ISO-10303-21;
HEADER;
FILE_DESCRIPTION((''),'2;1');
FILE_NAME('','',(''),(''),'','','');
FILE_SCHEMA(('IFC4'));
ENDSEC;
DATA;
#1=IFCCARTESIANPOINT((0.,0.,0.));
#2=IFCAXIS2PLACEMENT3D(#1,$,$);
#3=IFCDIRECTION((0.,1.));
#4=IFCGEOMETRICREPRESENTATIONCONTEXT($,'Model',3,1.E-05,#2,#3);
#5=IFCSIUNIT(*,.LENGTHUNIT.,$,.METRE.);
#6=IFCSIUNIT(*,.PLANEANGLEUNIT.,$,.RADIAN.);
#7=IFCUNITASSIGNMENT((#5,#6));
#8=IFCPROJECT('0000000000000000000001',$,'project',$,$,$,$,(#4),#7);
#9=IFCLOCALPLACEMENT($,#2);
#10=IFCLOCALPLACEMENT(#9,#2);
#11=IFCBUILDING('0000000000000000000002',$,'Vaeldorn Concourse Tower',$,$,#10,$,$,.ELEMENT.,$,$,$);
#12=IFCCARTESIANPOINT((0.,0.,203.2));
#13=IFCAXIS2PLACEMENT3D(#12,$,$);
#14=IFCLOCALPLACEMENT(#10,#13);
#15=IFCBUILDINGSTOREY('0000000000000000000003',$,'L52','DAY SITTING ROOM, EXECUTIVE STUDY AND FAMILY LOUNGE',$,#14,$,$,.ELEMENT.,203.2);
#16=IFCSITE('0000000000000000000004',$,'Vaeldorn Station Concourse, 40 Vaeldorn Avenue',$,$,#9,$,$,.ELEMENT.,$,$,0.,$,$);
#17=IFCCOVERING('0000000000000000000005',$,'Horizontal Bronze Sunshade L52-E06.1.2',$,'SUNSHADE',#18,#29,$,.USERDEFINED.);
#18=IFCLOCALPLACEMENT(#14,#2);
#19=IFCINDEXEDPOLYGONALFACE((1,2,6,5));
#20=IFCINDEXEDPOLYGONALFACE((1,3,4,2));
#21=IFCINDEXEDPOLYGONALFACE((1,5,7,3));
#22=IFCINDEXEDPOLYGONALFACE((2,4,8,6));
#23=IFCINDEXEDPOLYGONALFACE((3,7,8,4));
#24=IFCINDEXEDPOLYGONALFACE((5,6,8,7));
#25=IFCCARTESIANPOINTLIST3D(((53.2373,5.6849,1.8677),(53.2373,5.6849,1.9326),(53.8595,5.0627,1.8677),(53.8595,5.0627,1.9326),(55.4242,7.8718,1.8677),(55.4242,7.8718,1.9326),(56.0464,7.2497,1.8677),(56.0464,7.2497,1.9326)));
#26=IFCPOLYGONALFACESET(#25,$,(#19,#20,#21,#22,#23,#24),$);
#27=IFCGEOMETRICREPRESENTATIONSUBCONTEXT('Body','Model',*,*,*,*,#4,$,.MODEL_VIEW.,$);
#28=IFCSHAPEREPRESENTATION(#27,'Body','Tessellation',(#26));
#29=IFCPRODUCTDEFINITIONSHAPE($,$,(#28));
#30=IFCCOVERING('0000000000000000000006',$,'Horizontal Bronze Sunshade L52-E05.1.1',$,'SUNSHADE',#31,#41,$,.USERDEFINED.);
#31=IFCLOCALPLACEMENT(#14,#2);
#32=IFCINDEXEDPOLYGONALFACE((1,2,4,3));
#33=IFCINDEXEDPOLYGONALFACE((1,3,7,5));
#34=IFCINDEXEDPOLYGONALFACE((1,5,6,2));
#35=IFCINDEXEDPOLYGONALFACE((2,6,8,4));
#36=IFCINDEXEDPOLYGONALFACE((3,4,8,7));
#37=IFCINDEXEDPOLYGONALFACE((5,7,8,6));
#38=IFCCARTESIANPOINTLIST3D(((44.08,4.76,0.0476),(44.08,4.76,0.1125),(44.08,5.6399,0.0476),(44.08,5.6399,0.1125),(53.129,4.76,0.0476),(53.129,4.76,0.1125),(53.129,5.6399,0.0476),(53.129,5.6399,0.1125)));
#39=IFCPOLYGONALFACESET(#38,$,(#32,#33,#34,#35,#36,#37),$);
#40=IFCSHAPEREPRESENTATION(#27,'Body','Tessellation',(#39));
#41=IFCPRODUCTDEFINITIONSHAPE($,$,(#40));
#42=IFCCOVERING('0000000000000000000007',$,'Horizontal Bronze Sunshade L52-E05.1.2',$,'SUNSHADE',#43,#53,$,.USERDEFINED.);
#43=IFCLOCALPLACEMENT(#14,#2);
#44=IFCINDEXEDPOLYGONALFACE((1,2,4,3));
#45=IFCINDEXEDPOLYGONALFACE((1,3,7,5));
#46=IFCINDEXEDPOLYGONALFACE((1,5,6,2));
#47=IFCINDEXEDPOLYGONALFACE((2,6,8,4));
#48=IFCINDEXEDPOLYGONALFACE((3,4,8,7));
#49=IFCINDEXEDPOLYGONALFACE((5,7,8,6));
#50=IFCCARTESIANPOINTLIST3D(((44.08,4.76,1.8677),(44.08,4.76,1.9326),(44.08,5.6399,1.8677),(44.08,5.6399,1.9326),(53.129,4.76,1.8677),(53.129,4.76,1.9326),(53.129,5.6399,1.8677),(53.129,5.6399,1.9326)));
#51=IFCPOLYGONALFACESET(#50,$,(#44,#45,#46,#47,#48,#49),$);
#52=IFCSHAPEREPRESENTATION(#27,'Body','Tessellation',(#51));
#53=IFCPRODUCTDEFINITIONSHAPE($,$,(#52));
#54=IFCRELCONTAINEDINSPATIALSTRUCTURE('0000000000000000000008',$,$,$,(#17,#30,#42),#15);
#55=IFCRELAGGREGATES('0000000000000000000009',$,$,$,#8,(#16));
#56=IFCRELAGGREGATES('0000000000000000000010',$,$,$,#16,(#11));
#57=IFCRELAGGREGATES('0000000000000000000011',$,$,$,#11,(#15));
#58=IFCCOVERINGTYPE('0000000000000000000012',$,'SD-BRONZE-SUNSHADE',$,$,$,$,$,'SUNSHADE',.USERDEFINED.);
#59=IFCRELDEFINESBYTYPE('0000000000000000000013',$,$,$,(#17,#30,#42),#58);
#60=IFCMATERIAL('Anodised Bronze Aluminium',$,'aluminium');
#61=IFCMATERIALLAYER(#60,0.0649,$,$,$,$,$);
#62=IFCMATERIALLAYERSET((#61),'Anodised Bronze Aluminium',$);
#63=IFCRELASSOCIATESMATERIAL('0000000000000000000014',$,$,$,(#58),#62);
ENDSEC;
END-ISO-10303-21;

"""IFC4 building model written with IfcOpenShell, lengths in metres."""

from ifc_helpers import new_model, si_unit, direction, frame, origin, origin_2d, place, context, subcontext, project, spatial, rectangle, extrude, source, transform, mapped, material, layer, layer_set, type_object, element, save


model = new_model("IFC4")

# Units and contexts
model_context = context("Model", 3, precision=1e-05, world=origin(), true_north=direction((0.0, 1.0)))
body_context = subcontext(model_context, "Body", "Model", "MODEL_VIEW")
ifc_project = project(units=[si_unit("LENGTHUNIT", "METRE"), si_unit("PLANEANGLEUNIT", "RADIAN")], contexts=[model_context])

# Site, building, storey
site_placement = place(None, origin())
site = spatial("IfcSite", under=ifc_project, at=site_placement, Name="Vaeldorn Station Concourse, 40 Vaeldorn Avenue", CompositionType="ELEMENT", RefElevation=0.0)
building_placement = place(site_placement, origin())
building = spatial("IfcBuilding", under=site, at=building_placement, Name="Vaeldorn Concourse Tower", CompositionType="ELEMENT")
storey_placement = place(building_placement, frame((0.0, 0.0, 203.2)))
storey = spatial("IfcBuildingStorey", under=building, at=storey_placement, Name="L52", Description="DAY SITTING ROOM, EXECUTIVE STUDY AND FAMILY LOUNGE", CompositionType="ELEMENT", Elevation=203.2)

# Shared definitions
ifc_material_1 = material(Name="Anodised Bronze Aluminium", Category="aluminium")

# Coverings
ifc_layer_1 = layer(ifc_material_1, 0.0649)
ifc_layer_set_1 = layer_set([ifc_layer_1], Name="Anodised Bronze Aluminium")
covering_type = type_object("IfcCoveringType", Name="SD-BRONZE-SUNSHADE", ElementType="SUNSHADE", PredefinedType="USERDEFINED", material=ifc_layer_set_1)
shared_shape_1 = source(origin(), body_context, "Body", "SweptSolid", [
    extrude(rectangle(XDim=3.0928, YDim=0.8799, at=origin_2d()), origin(), (0.0, 0.0, 1.0), 0.0649),
])
for number, where, z_axis, x_axis, name in (
    (1, (54.6418, 6.4673, 1.8677), (0.0, 0.0, 1.0), (0.707107, 0.707107, 0.0), "Horizontal Bronze Sunshade L52-E06.1.2"),
):
    element("IfcCovering", number, at=place(storey_placement, frame(where, z_axis=z_axis, x_axis=x_axis)), inside=storey, type_object=covering_type, Name=name, ObjectType="SUNSHADE", PredefinedType="USERDEFINED", context=body_context, shape_type="MappedRepresentation", body=[
        mapped(shared_shape_1, transform((0.0, 0.0, 0.0), scale=1.0)),
    ])
shared_shape_2 = source(origin(), body_context, "Body", "SweptSolid", [
    extrude(rectangle(XDim=9.0491, YDim=0.8799, at=origin_2d()), origin(), (0.0, 0.0, 1.0), 0.0649),
])
for number, where, z_axis, x_axis, name in (
    (2, (48.6045, 5.2, 0.0476), (0.0, 0.0, 1.0), (1.0, 0.0, 0.0), "Horizontal Bronze Sunshade L52-E05.1.1"),
    (3, (48.6045, 5.2, 1.8677), (0.0, 0.0, 1.0), (1.0, 0.0, 0.0), "Horizontal Bronze Sunshade L52-E05.1.2"),
):
    element("IfcCovering", number, at=place(storey_placement, frame(where, z_axis=z_axis, x_axis=x_axis)), inside=storey, type_object=covering_type, Name=name, ObjectType="SUNSHADE", PredefinedType="USERDEFINED", context=body_context, shape_type="MappedRepresentation", body=[
        mapped(shared_shape_2, transform((0.0, 0.0, 0.0), scale=1.0)),
    ])

save(model, "model.ifc")
